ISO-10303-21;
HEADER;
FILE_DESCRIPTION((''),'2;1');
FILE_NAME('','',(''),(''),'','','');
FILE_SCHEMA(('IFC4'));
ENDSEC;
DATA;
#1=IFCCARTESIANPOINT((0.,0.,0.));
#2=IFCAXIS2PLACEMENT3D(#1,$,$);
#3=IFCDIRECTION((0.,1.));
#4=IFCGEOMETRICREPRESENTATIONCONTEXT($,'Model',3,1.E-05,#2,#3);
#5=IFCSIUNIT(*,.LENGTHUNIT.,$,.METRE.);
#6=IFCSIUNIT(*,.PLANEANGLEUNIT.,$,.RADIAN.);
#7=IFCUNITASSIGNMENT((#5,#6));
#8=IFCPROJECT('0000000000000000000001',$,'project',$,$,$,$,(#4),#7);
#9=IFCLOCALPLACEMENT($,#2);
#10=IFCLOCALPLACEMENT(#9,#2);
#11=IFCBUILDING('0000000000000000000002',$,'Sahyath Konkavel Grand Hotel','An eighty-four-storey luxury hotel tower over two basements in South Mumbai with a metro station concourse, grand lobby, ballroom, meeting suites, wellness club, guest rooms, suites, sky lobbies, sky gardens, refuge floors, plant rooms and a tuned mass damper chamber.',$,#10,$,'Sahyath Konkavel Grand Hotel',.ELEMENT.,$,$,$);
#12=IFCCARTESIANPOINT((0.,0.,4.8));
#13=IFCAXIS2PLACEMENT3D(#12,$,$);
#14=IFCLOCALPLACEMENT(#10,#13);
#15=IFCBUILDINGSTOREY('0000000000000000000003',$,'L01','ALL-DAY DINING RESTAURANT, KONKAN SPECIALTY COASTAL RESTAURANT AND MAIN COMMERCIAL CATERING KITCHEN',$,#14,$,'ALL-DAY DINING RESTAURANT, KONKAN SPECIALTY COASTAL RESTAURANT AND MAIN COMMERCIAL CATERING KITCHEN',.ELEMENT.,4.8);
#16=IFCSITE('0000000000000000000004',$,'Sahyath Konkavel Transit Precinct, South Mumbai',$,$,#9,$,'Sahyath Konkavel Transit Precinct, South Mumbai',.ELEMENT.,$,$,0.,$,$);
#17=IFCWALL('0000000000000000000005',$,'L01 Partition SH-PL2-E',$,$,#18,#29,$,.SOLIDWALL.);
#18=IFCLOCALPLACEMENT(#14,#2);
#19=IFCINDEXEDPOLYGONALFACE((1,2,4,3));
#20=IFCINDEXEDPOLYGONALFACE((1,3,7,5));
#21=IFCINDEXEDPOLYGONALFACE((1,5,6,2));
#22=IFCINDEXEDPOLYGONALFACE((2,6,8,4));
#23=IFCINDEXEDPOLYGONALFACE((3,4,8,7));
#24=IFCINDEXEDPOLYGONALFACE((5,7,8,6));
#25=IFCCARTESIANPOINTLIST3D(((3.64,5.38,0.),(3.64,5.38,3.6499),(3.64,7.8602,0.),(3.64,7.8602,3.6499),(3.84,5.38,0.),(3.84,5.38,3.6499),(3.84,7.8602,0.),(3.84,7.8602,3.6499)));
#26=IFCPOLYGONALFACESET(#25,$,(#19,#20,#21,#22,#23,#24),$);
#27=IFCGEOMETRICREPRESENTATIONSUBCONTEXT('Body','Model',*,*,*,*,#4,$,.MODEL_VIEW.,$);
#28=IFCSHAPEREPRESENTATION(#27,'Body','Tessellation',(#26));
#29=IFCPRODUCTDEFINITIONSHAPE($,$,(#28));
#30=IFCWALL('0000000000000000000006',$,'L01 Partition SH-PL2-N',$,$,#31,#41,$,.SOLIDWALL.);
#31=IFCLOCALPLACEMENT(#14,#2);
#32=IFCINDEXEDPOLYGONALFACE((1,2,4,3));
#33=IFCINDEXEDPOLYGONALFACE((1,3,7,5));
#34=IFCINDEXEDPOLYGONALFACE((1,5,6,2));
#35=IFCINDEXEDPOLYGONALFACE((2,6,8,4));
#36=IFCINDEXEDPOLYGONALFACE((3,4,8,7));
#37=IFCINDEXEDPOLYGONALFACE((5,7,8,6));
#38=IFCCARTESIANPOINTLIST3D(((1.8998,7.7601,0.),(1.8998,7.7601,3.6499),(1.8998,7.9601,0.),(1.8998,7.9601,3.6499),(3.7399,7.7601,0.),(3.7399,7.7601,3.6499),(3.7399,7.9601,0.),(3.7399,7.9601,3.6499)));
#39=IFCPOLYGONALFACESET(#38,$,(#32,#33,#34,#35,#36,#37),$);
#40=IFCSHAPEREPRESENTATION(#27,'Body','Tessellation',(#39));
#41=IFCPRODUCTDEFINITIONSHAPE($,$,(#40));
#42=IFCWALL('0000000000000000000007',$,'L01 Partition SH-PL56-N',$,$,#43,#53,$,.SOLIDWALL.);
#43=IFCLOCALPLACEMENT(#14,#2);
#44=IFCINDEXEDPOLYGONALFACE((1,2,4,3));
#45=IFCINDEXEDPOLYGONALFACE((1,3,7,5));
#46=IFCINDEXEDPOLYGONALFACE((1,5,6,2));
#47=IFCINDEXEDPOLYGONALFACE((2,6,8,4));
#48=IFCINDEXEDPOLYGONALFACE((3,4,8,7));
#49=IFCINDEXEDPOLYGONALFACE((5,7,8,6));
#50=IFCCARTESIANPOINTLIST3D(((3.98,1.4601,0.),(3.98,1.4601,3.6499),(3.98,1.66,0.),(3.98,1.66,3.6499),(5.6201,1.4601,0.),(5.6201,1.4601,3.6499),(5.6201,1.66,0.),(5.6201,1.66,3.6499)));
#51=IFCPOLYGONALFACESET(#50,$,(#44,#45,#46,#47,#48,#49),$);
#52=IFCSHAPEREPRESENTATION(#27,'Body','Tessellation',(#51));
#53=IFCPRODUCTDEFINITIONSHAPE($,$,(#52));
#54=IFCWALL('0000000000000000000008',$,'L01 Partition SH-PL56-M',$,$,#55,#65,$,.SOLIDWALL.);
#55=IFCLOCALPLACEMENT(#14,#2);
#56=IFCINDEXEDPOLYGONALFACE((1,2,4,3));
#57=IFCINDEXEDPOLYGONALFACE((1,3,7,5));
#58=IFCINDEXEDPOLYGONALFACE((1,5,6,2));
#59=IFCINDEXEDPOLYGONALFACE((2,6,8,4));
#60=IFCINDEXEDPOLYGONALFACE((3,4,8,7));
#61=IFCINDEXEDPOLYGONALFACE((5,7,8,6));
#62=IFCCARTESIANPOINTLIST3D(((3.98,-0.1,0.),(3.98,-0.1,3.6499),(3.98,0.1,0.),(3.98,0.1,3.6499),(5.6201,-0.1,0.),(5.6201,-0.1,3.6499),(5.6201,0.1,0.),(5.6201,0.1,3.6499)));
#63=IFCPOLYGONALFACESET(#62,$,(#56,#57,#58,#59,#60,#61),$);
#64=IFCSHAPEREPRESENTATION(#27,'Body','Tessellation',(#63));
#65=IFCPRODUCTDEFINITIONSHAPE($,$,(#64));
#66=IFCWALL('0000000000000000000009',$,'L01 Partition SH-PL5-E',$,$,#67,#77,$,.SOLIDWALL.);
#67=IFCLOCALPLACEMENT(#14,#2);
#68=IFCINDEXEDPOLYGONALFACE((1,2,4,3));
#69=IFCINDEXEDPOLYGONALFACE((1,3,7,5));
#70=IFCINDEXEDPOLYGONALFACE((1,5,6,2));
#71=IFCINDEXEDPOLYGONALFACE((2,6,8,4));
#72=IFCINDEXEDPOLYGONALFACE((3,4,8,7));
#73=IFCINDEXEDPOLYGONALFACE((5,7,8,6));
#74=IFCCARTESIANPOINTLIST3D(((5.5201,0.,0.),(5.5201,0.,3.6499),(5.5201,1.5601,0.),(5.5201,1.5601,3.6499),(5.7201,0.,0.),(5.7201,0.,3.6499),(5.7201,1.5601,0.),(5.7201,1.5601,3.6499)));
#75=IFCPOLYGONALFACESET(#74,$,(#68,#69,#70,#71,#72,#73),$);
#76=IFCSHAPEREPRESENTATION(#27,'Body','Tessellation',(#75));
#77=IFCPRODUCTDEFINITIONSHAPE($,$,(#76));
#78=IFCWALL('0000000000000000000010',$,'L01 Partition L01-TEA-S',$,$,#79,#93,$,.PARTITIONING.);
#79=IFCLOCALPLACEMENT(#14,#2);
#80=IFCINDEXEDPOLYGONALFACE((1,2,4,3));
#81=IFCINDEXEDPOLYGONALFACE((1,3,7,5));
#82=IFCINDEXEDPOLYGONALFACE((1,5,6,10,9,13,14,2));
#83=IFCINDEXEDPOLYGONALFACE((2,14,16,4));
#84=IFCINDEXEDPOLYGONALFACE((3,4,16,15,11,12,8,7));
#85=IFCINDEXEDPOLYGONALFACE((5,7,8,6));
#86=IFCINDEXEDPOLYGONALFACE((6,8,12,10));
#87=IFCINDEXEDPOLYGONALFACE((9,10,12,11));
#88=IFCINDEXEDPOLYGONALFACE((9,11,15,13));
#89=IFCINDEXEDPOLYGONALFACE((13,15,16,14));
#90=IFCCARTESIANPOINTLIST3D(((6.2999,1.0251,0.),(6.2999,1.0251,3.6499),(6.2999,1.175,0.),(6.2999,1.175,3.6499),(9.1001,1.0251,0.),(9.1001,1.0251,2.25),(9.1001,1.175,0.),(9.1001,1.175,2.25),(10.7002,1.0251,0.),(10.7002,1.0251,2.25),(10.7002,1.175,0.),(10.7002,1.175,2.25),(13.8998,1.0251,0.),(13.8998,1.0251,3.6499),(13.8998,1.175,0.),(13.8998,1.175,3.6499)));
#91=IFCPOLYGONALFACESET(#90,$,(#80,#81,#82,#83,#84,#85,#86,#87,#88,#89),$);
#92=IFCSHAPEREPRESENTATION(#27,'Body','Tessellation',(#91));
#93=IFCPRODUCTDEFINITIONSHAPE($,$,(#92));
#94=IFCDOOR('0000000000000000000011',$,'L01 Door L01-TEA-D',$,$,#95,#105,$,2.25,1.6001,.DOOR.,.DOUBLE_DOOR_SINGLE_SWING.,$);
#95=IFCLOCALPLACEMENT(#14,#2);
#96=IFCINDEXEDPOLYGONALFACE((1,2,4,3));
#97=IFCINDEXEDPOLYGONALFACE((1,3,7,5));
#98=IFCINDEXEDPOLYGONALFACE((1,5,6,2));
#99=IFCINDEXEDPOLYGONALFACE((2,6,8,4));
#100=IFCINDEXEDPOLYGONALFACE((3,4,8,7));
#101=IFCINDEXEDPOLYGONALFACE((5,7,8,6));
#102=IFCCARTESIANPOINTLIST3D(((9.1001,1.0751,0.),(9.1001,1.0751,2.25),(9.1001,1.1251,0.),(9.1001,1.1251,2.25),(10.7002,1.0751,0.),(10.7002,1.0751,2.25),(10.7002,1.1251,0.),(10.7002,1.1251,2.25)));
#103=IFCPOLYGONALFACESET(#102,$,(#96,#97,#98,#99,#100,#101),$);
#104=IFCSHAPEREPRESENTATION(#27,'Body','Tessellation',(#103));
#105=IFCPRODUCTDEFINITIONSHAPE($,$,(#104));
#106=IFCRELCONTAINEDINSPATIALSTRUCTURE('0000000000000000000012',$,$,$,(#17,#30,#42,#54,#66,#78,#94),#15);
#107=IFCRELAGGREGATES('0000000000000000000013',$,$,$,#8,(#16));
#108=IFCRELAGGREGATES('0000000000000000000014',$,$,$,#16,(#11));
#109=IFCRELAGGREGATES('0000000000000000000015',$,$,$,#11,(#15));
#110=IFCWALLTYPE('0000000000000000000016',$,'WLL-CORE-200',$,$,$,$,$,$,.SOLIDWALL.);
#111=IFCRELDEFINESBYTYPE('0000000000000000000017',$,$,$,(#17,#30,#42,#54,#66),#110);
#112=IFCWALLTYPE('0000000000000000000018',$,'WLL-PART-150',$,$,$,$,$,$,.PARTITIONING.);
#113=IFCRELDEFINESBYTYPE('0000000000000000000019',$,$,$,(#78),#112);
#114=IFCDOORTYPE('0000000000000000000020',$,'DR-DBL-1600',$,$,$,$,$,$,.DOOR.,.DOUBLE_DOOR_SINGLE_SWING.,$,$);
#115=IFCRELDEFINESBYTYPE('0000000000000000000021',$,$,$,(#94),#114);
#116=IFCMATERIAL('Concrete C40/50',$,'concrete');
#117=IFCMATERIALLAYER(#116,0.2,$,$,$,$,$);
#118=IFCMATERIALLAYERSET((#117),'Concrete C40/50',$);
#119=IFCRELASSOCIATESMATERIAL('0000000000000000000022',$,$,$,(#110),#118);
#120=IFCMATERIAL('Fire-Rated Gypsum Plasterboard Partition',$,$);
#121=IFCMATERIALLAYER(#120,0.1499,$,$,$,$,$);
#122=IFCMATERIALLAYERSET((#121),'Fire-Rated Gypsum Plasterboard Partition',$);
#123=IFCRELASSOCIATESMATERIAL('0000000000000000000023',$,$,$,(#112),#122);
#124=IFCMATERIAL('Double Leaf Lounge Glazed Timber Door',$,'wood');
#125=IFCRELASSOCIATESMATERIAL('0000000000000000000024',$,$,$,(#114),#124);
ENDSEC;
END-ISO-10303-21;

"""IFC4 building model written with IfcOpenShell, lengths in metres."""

from ifc_helpers import new_model, si_unit, direction, frame, frame_2d, origin, origin_2d, place, context, subcontext, project, spatial, rectangle, extrude, source, transform, mapped, material, layer, layer_set, type_object, element, fill, save


model = new_model("IFC4")

# Units and contexts
model_context = context("Model", 3, precision=1e-05, world=origin(), true_north=direction((0.0, 1.0)))
body_context = subcontext(model_context, "Body", "Model", "MODEL_VIEW")
ifc_project = project(units=[si_unit("LENGTHUNIT", "METRE"), si_unit("PLANEANGLEUNIT", "RADIAN")], contexts=[model_context])

# Site, building, storey
site_placement = place(None, origin())
site = spatial("IfcSite", under=ifc_project, at=site_placement, Name="Sahyath Konkavel Transit Precinct, South Mumbai", LongName="Sahyath Konkavel Transit Precinct, South Mumbai", CompositionType="ELEMENT", RefElevation=0.0)
building_placement = place(site_placement, origin())
building = spatial("IfcBuilding", under=site, at=building_placement, Name="Sahyath Konkavel Grand Hotel", Description="An eighty-four-storey luxury hotel tower over two basements in South Mumbai with a metro station concourse, grand lobby, ballroom, meeting suites, wellness club, guest rooms, suites, sky lobbies, sky gardens, refuge floors, plant rooms and a tuned mass damper chamber.", LongName="Sahyath Konkavel Grand Hotel", CompositionType="ELEMENT")
storey_placement = place(building_placement, frame((0.0, 0.0, 4.8)))
storey = spatial("IfcBuildingStorey", under=building, at=storey_placement, Name="L01", Description="ALL-DAY DINING RESTAURANT, KONKAN SPECIALTY COASTAL RESTAURANT AND MAIN COMMERCIAL CATERING KITCHEN", LongName="ALL-DAY DINING RESTAURANT, KONKAN SPECIALTY COASTAL RESTAURANT AND MAIN COMMERCIAL CATERING KITCHEN", CompositionType="ELEMENT", Elevation=4.8)

# Shared definitions
ifc_material_1 = material(Name="Concrete C40/50", Category="concrete")

# Shared definitions
ifc_layer_1 = layer(ifc_material_1, 0.2)
ifc_layer_set_1 = layer_set([ifc_layer_1], Name="Concrete C40/50")
wall_type_1 = type_object("IfcWallType", Name="WLL-CORE-200", PredefinedType="SOLIDWALL", material=ifc_layer_set_1)

# Walls
wall_1_placement = place(storey_placement, frame((3.74, 5.3799, 0.0), z_axis=(0.0, 0.0, 1.0), x_axis=(0.0, 1.0, 0.0)))
element("IfcWall", 1, at=wall_1_placement, inside=storey, type_object=wall_type_1, Name="L01 Partition SH-PL2-E", PredefinedType="SOLIDWALL", context=body_context, shape_type="SweptSolid", body=[
    extrude(rectangle(XDim=2.4802, YDim=0.2, at=frame_2d((1.2402, 0.0))), origin(), (0.0, 0.0, 1.0), 3.6499),
])
wall_2_placement = place(storey_placement, frame((1.8999, 7.8601, 0.0), z_axis=(0.0, 0.0, 1.0), x_axis=(1.0, 0.0, 0.0)))
element("IfcWall", 2, at=wall_2_placement, inside=storey, type_object=wall_type_1, Name="L01 Partition SH-PL2-N", PredefinedType="SOLIDWALL", context=body_context, shape_type="SweptSolid", body=[
    extrude(rectangle(XDim=1.8401, YDim=0.2, at=frame_2d((0.9199, 0.0))), origin(), (0.0, 0.0, 1.0), 3.6499),
])
for number, where, z_axis, x_axis, name in (
    (3, (3.98, 1.5601, 0.0), (0.0, 0.0, 1.0), (1.0, 0.0, 0.0), "L01 Partition SH-PL56-N"),
    (4, (3.98, 0.0, 0.0), (0.0, 0.0, 1.0), (1.0, 0.0, 0.0), "L01 Partition SH-PL56-M"),
):
    element("IfcWall", number, at=place(storey_placement, frame(where, z_axis=z_axis, x_axis=x_axis)), inside=storey, type_object=wall_type_1, Name=name, PredefinedType="SOLIDWALL", context=body_context, shape_type="SweptSolid", body=[
        extrude(rectangle(XDim=1.6401, YDim=0.2, at=frame_2d((0.8201, 0.0))), origin(), (0.0, 0.0, 1.0), 3.6499),
    ])
wall_3_placement = place(storey_placement, frame((5.6201, 0.0, 0.0), z_axis=(0.0, 0.0, 1.0), x_axis=(0.0, 1.0, 0.0)))
element("IfcWall", 5, at=wall_3_placement, inside=storey, type_object=wall_type_1, Name="L01 Partition SH-PL5-E", PredefinedType="SOLIDWALL", context=body_context, shape_type="SweptSolid", body=[
    extrude(rectangle(XDim=1.5601, YDim=0.2, at=frame_2d((0.78, 0.0))), origin(), (0.0, 0.0, 1.0), 3.6499),
])

# Wall, opening, door
ifc_material_2 = material(Name="Fire-Rated Gypsum Plasterboard Partition")
ifc_layer_2 = layer(ifc_material_2, 0.1499)
ifc_layer_set_2 = layer_set([ifc_layer_2], Name="Fire-Rated Gypsum Plasterboard Partition")
wall_type_2 = type_object("IfcWallType", Name="WLL-PART-150", PredefinedType="PARTITIONING", material=ifc_layer_set_2)
wall_4_placement = place(storey_placement, frame((6.3, 1.1001, 0.0), z_axis=(0.0, 0.0, 1.0), x_axis=(1.0, 0.0, 0.0)))
wall_4 = element("IfcWall", 6, at=wall_4_placement, inside=storey, type_object=wall_type_2, Name="L01 Partition L01-TEA-S", PredefinedType="PARTITIONING", context=body_context, shape_type="SweptSolid", body=[
    extrude(rectangle(XDim=7.5999, YDim=0.1499, at=frame_2d((3.7998, 0.0))), origin(), (0.0, 0.0, 1.0), 3.6499),
])
opening_1_placement = place(wall_4_placement, frame((2.8, 0.0, 0.0)))
opening_1 = element("IfcOpeningElement", 7, at=opening_1_placement, cuts=wall_4, PredefinedType="OPENING", context=body_context, shape_type="SweptSolid", body=[
    extrude(rectangle(XDim=1.6001, YDim=2.25, at=frame_2d((0.8, 1.125))), frame((0.0, 0.085, 0.0), z_axis=(0.0, -1.0, 0.0), x_axis=(1.0, 0.0, 0.0)), (0.0, 0.0, 1.0), 0.1699),
])
ifc_material_3 = material(Name="Double Leaf Lounge Glazed Timber Door", Category="wood")
door_type_1 = type_object("IfcDoorType", Name="DR-DBL-1600", OperationType="DOUBLE_DOOR_SINGLE_SWING", PredefinedType="DOOR", material=ifc_material_3)
shared_shape_1 = source(origin(), body_context, "Body", "SweptSolid", [
    extrude(rectangle(XDim=1.6001, YDim=0.05, at=origin_2d()), origin(), (0.0, 0.0, 1.0), 2.25),
])
door_1_placement = place(opening_1_placement, frame((0.8, 0.0, 0.0)))
door_1 = element("IfcDoor", 8, at=door_1_placement, inside=storey, type_object=door_type_1, Name="L01 Door L01-TEA-D", OperationType="DOUBLE_DOOR_SINGLE_SWING", OverallHeight=2.25, OverallWidth=1.6001, PredefinedType="DOOR", context=body_context, shape_type="MappedRepresentation", body=[
    mapped(shared_shape_1, transform((0.0, 0.0, 0.0), scale=1.0)),
])
fill(opening_1, door_1)

save(model, "model.ifc")
